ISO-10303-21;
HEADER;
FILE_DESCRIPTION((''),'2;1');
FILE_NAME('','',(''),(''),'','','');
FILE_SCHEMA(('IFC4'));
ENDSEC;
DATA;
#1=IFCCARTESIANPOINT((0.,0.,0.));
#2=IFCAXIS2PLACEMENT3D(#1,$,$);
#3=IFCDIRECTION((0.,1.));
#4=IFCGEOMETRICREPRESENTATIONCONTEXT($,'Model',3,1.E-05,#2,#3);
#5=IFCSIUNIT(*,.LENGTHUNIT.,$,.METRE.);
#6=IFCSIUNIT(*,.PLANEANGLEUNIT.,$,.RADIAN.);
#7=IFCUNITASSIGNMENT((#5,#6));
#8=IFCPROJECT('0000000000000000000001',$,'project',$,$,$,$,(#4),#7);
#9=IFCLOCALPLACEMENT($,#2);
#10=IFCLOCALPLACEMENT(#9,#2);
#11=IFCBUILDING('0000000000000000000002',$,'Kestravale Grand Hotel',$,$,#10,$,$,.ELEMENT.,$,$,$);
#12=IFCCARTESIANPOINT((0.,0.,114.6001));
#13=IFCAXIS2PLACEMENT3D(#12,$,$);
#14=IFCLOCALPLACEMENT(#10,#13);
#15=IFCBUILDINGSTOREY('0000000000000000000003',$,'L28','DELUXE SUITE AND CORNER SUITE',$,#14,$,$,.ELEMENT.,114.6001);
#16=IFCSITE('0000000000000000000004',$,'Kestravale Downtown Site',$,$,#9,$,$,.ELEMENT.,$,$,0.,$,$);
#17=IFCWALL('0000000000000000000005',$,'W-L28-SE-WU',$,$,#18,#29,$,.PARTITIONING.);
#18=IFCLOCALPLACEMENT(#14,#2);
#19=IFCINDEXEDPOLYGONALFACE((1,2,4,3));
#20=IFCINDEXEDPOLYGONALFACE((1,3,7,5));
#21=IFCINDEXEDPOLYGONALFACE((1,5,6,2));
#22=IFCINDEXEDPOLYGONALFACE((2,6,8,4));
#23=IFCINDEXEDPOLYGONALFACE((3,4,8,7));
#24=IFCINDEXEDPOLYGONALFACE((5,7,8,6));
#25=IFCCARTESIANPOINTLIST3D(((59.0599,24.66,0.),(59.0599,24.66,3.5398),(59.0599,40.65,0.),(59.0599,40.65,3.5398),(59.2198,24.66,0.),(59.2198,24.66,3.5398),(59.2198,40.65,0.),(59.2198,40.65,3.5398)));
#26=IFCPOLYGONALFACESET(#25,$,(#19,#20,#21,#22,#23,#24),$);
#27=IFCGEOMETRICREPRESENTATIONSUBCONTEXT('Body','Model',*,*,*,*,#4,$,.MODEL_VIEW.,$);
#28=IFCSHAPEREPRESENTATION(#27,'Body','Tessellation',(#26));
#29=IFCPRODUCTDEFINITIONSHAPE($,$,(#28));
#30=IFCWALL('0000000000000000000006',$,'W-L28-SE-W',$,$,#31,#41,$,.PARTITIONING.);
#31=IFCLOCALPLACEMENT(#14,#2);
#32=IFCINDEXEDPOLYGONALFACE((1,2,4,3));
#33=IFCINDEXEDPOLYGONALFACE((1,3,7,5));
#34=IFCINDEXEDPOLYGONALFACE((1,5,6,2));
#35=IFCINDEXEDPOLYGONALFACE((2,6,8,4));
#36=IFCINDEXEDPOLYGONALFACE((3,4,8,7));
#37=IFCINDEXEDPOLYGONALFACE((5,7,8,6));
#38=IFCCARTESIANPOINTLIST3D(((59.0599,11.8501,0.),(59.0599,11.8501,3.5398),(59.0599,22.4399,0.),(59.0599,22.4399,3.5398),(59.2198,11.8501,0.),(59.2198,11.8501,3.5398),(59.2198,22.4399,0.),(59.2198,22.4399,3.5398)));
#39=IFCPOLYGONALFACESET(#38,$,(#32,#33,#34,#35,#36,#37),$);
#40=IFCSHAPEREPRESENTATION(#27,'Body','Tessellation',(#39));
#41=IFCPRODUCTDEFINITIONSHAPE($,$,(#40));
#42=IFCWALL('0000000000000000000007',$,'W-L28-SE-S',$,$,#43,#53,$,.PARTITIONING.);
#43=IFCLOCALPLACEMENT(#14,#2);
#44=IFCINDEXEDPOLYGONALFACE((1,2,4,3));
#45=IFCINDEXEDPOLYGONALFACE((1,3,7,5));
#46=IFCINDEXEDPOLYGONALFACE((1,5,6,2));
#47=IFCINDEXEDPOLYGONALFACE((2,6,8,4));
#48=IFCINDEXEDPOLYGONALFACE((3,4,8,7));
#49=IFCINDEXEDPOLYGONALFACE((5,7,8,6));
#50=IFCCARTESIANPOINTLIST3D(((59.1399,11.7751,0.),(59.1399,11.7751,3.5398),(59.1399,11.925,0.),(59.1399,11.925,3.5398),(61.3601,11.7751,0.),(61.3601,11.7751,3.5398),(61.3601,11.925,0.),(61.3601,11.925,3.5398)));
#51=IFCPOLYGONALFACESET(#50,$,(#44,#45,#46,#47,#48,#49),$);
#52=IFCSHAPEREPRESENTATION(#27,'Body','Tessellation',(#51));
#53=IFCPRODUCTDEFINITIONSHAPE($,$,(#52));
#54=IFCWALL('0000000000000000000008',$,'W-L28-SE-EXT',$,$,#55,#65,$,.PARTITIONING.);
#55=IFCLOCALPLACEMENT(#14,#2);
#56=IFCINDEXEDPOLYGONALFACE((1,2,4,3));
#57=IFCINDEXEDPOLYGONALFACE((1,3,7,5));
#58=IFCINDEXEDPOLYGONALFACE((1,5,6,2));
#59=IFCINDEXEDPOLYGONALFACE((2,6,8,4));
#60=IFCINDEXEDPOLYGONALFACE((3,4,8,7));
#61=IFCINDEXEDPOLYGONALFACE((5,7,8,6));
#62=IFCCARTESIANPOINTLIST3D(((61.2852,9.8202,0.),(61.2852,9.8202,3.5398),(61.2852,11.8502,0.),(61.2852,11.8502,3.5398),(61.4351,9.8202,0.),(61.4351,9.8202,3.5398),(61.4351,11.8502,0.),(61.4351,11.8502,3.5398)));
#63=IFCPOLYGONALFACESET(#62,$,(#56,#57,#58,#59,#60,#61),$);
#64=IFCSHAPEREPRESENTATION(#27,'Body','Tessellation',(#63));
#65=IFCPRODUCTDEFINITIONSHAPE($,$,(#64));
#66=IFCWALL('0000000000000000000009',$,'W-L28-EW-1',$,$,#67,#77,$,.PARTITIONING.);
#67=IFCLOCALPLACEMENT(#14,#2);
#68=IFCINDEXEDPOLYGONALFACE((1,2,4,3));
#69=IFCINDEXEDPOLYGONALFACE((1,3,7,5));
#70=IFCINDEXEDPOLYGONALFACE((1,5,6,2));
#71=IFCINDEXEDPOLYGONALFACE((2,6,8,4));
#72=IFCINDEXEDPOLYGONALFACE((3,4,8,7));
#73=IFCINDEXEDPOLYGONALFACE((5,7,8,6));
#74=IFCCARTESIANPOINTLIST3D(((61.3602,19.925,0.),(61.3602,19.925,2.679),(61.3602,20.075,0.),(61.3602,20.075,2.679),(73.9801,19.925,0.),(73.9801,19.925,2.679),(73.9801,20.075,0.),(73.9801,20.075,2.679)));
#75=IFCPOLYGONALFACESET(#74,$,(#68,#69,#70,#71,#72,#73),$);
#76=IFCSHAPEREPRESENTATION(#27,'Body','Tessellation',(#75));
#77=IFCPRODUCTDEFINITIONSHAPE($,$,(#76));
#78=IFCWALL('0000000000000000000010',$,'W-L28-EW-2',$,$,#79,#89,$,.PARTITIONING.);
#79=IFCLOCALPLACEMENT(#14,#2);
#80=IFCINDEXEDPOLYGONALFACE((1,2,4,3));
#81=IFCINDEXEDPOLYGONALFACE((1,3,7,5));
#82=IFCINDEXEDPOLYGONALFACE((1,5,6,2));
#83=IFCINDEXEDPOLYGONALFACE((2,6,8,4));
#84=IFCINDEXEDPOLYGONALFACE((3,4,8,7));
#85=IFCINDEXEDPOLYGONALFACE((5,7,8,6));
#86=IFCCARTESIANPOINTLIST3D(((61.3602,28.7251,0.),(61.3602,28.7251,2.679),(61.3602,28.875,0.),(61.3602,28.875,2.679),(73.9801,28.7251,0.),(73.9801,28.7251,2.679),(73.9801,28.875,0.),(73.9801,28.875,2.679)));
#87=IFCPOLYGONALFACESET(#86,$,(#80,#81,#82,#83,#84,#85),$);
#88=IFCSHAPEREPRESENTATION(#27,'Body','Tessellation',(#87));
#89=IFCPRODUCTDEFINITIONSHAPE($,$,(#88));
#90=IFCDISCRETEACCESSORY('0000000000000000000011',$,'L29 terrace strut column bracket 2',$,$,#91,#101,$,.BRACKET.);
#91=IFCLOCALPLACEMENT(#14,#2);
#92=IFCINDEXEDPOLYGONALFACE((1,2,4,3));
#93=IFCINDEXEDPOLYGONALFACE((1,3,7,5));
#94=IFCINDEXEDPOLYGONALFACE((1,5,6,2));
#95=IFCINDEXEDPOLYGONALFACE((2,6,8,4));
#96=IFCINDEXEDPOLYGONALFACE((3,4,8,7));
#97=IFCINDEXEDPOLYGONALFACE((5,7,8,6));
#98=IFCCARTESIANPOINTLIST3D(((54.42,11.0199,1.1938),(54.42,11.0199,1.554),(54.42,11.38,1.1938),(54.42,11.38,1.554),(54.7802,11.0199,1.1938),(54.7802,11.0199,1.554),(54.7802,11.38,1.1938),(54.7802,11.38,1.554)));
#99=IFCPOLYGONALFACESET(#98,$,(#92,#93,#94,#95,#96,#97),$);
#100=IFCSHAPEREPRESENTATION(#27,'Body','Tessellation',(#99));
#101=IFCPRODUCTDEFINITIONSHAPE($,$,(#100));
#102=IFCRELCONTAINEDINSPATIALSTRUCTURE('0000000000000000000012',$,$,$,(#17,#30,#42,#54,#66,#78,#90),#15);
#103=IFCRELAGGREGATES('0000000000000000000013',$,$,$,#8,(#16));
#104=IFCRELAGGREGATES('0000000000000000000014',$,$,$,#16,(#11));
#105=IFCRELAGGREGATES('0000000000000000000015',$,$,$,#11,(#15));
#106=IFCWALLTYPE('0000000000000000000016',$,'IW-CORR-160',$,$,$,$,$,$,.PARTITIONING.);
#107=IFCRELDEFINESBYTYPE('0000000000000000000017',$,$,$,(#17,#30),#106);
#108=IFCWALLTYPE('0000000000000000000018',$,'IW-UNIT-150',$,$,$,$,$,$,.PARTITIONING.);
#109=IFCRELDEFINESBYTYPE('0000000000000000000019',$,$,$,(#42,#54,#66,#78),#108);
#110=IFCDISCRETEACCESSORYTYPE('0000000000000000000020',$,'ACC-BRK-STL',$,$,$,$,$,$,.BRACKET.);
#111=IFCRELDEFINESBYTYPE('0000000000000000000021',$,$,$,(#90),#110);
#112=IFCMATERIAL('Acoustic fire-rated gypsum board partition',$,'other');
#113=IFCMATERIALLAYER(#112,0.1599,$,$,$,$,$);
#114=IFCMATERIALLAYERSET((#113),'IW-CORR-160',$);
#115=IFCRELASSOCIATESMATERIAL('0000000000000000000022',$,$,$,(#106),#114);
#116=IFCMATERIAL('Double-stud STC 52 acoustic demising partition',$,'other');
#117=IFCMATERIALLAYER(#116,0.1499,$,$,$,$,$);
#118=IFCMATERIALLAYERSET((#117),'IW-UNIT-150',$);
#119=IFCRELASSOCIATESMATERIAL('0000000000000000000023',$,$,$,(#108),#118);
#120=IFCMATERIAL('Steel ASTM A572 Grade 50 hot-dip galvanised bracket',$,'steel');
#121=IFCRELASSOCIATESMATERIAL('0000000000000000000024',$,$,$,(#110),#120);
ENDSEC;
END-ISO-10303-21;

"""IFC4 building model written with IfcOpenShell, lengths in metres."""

from ifc_helpers import new_model, si_unit, direction, frame, frame_2d, origin, origin_2d, place, context, subcontext, project, spatial, rectangle, extrude, material, layer, layer_set, type_object, element, save


model = new_model("IFC4")

# Units and contexts
model_context = context("Model", 3, precision=1e-05, world=origin(), true_north=direction((0.0, 1.0)))
body_context = subcontext(model_context, "Body", "Model", "MODEL_VIEW")
ifc_project = project(units=[si_unit("LENGTHUNIT", "METRE"), si_unit("PLANEANGLEUNIT", "RADIAN")], contexts=[model_context])

# Site, building, storey
site_placement = place(None, origin())
site = spatial("IfcSite", under=ifc_project, at=site_placement, Name="Kestravale Downtown Site", CompositionType="ELEMENT", RefElevation=0.0)
building_placement = place(site_placement, origin())
building = spatial("IfcBuilding", under=site, at=building_placement, Name="Kestravale Grand Hotel", CompositionType="ELEMENT")
storey_placement = place(building_placement, frame((0.0, 0.0, 114.6001)))
storey = spatial("IfcBuildingStorey", under=building, at=storey_placement, Name="L28", Description="DELUXE SUITE AND CORNER SUITE", CompositionType="ELEMENT", Elevation=114.6001)

# Shared definitions
ifc_material_1 = material(Name="Acoustic fire-rated gypsum board partition", Category="other")
ifc_layer_1 = layer(ifc_material_1, 0.1599)
ifc_layer_set_1 = layer_set([ifc_layer_1], Name="IW-CORR-160")
wall_type_1 = type_object("IfcWallType", Name="IW-CORR-160", PredefinedType="PARTITIONING", material=ifc_layer_set_1)

# Walls
wall_1_placement = place(storey_placement, frame((59.1399, 24.6599, 0.0), z_axis=(0.0, 0.0, 1.0), x_axis=(0.0, 1.0, 0.0)))
element("IfcWall", 1, at=wall_1_placement, inside=storey, type_object=wall_type_1, Name="W-L28-SE-WU", PredefinedType="PARTITIONING", context=body_context, shape_type="SweptSolid", body=[
    extrude(rectangle(XDim=15.99, YDim=0.1599, at=frame_2d((7.9951, 0.0))), origin(), (0.0, 0.0, 1.0), 3.5398),
])
wall_2_placement = place(storey_placement, frame((59.1399, 11.8501, 0.0), z_axis=(0.0, 0.0, 1.0), x_axis=(0.0, 1.0, 0.0)))
element("IfcWall", 2, at=wall_2_placement, inside=storey, type_object=wall_type_1, Name="W-L28-SE-W", PredefinedType="PARTITIONING", context=body_context, shape_type="SweptSolid", body=[
    extrude(rectangle(XDim=10.5898, YDim=0.1599, at=frame_2d((5.2949, 0.0))), origin(), (0.0, 0.0, 1.0), 3.5398),
])
ifc_material_2 = material(Name="Double-stud STC 52 acoustic demising partition", Category="other")
ifc_layer_2 = layer(ifc_material_2, 0.1499)
ifc_layer_set_2 = layer_set([ifc_layer_2], Name="IW-UNIT-150")
wall_type_2 = type_object("IfcWallType", Name="IW-UNIT-150", PredefinedType="PARTITIONING", material=ifc_layer_set_2)
wall_3_placement = place(storey_placement, frame((59.1399, 11.8501, 0.0), z_axis=(0.0, 0.0, 1.0), x_axis=(1.0, 0.0, 0.0)))
element("IfcWall", 3, at=wall_3_placement, inside=storey, type_object=wall_type_2, Name="W-L28-SE-S", PredefinedType="PARTITIONING", context=body_context, shape_type="SweptSolid", body=[
    extrude(rectangle(XDim=2.2202, YDim=0.1499, at=frame_2d((1.1101, 0.0))), origin(), (0.0, 0.0, 1.0), 3.5398),
])
wall_4_placement = place(storey_placement, frame((61.3601, 9.8201, 0.0), z_axis=(0.0, 0.0, 1.0), x_axis=(0.0, 1.0, 0.0)))
element("IfcWall", 4, at=wall_4_placement, inside=storey, type_object=wall_type_2, Name="W-L28-SE-EXT", PredefinedType="PARTITIONING", context=body_context, shape_type="SweptSolid", body=[
    extrude(rectangle(XDim=2.03, YDim=0.1499, at=frame_2d((1.0151, 0.0))), origin(), (0.0, 0.0, 1.0), 3.5398),
])
for number, where, z_axis, x_axis, name in (
    (5, (61.3601, 20.0, 0.0), (0.0, 0.0, 1.0), (1.0, 0.0, 0.0), "W-L28-EW-1"),
    (6, (61.3601, 28.8, 0.0), (0.0, 0.0, 1.0), (1.0, 0.0, 0.0), "W-L28-EW-2"),
):
    element("IfcWall", number, at=place(storey_placement, frame(where, z_axis=z_axis, x_axis=x_axis)), inside=storey, type_object=wall_type_2, Name=name, PredefinedType="PARTITIONING", context=body_context, shape_type="SweptSolid", body=[
        extrude(rectangle(XDim=12.6199, YDim=0.1499, at=frame_2d((6.3101, 0.0))), origin(), (0.0, 0.0, 1.0), 2.679),
    ])

# Discrete accessory
ifc_material_3 = material(Name="Steel ASTM A572 Grade 50 hot-dip galvanised bracket", Category="steel")
discrete_accessory_type = type_object("IfcDiscreteAccessoryType", Name="ACC-BRK-STL", PredefinedType="BRACKET", material=ifc_material_3)
discrete_accessory_placement = place(storey_placement, frame((54.6001, 11.2, 1.1938), z_axis=(0.0, 0.0, 1.0), x_axis=(1.0, 0.0, 0.0)))
element("IfcDiscreteAccessory", 7, at=discrete_accessory_placement, inside=storey, type_object=discrete_accessory_type, Name="L29 terrace strut column bracket 2", PredefinedType="BRACKET", context=body_context, shape_type="SweptSolid", body=[
    extrude(rectangle(XDim=0.3601, YDim=0.3601, at=origin_2d()), origin(), (0.0, 0.0, 1.0), 0.3601),
])

save(model, "model.ifc")
